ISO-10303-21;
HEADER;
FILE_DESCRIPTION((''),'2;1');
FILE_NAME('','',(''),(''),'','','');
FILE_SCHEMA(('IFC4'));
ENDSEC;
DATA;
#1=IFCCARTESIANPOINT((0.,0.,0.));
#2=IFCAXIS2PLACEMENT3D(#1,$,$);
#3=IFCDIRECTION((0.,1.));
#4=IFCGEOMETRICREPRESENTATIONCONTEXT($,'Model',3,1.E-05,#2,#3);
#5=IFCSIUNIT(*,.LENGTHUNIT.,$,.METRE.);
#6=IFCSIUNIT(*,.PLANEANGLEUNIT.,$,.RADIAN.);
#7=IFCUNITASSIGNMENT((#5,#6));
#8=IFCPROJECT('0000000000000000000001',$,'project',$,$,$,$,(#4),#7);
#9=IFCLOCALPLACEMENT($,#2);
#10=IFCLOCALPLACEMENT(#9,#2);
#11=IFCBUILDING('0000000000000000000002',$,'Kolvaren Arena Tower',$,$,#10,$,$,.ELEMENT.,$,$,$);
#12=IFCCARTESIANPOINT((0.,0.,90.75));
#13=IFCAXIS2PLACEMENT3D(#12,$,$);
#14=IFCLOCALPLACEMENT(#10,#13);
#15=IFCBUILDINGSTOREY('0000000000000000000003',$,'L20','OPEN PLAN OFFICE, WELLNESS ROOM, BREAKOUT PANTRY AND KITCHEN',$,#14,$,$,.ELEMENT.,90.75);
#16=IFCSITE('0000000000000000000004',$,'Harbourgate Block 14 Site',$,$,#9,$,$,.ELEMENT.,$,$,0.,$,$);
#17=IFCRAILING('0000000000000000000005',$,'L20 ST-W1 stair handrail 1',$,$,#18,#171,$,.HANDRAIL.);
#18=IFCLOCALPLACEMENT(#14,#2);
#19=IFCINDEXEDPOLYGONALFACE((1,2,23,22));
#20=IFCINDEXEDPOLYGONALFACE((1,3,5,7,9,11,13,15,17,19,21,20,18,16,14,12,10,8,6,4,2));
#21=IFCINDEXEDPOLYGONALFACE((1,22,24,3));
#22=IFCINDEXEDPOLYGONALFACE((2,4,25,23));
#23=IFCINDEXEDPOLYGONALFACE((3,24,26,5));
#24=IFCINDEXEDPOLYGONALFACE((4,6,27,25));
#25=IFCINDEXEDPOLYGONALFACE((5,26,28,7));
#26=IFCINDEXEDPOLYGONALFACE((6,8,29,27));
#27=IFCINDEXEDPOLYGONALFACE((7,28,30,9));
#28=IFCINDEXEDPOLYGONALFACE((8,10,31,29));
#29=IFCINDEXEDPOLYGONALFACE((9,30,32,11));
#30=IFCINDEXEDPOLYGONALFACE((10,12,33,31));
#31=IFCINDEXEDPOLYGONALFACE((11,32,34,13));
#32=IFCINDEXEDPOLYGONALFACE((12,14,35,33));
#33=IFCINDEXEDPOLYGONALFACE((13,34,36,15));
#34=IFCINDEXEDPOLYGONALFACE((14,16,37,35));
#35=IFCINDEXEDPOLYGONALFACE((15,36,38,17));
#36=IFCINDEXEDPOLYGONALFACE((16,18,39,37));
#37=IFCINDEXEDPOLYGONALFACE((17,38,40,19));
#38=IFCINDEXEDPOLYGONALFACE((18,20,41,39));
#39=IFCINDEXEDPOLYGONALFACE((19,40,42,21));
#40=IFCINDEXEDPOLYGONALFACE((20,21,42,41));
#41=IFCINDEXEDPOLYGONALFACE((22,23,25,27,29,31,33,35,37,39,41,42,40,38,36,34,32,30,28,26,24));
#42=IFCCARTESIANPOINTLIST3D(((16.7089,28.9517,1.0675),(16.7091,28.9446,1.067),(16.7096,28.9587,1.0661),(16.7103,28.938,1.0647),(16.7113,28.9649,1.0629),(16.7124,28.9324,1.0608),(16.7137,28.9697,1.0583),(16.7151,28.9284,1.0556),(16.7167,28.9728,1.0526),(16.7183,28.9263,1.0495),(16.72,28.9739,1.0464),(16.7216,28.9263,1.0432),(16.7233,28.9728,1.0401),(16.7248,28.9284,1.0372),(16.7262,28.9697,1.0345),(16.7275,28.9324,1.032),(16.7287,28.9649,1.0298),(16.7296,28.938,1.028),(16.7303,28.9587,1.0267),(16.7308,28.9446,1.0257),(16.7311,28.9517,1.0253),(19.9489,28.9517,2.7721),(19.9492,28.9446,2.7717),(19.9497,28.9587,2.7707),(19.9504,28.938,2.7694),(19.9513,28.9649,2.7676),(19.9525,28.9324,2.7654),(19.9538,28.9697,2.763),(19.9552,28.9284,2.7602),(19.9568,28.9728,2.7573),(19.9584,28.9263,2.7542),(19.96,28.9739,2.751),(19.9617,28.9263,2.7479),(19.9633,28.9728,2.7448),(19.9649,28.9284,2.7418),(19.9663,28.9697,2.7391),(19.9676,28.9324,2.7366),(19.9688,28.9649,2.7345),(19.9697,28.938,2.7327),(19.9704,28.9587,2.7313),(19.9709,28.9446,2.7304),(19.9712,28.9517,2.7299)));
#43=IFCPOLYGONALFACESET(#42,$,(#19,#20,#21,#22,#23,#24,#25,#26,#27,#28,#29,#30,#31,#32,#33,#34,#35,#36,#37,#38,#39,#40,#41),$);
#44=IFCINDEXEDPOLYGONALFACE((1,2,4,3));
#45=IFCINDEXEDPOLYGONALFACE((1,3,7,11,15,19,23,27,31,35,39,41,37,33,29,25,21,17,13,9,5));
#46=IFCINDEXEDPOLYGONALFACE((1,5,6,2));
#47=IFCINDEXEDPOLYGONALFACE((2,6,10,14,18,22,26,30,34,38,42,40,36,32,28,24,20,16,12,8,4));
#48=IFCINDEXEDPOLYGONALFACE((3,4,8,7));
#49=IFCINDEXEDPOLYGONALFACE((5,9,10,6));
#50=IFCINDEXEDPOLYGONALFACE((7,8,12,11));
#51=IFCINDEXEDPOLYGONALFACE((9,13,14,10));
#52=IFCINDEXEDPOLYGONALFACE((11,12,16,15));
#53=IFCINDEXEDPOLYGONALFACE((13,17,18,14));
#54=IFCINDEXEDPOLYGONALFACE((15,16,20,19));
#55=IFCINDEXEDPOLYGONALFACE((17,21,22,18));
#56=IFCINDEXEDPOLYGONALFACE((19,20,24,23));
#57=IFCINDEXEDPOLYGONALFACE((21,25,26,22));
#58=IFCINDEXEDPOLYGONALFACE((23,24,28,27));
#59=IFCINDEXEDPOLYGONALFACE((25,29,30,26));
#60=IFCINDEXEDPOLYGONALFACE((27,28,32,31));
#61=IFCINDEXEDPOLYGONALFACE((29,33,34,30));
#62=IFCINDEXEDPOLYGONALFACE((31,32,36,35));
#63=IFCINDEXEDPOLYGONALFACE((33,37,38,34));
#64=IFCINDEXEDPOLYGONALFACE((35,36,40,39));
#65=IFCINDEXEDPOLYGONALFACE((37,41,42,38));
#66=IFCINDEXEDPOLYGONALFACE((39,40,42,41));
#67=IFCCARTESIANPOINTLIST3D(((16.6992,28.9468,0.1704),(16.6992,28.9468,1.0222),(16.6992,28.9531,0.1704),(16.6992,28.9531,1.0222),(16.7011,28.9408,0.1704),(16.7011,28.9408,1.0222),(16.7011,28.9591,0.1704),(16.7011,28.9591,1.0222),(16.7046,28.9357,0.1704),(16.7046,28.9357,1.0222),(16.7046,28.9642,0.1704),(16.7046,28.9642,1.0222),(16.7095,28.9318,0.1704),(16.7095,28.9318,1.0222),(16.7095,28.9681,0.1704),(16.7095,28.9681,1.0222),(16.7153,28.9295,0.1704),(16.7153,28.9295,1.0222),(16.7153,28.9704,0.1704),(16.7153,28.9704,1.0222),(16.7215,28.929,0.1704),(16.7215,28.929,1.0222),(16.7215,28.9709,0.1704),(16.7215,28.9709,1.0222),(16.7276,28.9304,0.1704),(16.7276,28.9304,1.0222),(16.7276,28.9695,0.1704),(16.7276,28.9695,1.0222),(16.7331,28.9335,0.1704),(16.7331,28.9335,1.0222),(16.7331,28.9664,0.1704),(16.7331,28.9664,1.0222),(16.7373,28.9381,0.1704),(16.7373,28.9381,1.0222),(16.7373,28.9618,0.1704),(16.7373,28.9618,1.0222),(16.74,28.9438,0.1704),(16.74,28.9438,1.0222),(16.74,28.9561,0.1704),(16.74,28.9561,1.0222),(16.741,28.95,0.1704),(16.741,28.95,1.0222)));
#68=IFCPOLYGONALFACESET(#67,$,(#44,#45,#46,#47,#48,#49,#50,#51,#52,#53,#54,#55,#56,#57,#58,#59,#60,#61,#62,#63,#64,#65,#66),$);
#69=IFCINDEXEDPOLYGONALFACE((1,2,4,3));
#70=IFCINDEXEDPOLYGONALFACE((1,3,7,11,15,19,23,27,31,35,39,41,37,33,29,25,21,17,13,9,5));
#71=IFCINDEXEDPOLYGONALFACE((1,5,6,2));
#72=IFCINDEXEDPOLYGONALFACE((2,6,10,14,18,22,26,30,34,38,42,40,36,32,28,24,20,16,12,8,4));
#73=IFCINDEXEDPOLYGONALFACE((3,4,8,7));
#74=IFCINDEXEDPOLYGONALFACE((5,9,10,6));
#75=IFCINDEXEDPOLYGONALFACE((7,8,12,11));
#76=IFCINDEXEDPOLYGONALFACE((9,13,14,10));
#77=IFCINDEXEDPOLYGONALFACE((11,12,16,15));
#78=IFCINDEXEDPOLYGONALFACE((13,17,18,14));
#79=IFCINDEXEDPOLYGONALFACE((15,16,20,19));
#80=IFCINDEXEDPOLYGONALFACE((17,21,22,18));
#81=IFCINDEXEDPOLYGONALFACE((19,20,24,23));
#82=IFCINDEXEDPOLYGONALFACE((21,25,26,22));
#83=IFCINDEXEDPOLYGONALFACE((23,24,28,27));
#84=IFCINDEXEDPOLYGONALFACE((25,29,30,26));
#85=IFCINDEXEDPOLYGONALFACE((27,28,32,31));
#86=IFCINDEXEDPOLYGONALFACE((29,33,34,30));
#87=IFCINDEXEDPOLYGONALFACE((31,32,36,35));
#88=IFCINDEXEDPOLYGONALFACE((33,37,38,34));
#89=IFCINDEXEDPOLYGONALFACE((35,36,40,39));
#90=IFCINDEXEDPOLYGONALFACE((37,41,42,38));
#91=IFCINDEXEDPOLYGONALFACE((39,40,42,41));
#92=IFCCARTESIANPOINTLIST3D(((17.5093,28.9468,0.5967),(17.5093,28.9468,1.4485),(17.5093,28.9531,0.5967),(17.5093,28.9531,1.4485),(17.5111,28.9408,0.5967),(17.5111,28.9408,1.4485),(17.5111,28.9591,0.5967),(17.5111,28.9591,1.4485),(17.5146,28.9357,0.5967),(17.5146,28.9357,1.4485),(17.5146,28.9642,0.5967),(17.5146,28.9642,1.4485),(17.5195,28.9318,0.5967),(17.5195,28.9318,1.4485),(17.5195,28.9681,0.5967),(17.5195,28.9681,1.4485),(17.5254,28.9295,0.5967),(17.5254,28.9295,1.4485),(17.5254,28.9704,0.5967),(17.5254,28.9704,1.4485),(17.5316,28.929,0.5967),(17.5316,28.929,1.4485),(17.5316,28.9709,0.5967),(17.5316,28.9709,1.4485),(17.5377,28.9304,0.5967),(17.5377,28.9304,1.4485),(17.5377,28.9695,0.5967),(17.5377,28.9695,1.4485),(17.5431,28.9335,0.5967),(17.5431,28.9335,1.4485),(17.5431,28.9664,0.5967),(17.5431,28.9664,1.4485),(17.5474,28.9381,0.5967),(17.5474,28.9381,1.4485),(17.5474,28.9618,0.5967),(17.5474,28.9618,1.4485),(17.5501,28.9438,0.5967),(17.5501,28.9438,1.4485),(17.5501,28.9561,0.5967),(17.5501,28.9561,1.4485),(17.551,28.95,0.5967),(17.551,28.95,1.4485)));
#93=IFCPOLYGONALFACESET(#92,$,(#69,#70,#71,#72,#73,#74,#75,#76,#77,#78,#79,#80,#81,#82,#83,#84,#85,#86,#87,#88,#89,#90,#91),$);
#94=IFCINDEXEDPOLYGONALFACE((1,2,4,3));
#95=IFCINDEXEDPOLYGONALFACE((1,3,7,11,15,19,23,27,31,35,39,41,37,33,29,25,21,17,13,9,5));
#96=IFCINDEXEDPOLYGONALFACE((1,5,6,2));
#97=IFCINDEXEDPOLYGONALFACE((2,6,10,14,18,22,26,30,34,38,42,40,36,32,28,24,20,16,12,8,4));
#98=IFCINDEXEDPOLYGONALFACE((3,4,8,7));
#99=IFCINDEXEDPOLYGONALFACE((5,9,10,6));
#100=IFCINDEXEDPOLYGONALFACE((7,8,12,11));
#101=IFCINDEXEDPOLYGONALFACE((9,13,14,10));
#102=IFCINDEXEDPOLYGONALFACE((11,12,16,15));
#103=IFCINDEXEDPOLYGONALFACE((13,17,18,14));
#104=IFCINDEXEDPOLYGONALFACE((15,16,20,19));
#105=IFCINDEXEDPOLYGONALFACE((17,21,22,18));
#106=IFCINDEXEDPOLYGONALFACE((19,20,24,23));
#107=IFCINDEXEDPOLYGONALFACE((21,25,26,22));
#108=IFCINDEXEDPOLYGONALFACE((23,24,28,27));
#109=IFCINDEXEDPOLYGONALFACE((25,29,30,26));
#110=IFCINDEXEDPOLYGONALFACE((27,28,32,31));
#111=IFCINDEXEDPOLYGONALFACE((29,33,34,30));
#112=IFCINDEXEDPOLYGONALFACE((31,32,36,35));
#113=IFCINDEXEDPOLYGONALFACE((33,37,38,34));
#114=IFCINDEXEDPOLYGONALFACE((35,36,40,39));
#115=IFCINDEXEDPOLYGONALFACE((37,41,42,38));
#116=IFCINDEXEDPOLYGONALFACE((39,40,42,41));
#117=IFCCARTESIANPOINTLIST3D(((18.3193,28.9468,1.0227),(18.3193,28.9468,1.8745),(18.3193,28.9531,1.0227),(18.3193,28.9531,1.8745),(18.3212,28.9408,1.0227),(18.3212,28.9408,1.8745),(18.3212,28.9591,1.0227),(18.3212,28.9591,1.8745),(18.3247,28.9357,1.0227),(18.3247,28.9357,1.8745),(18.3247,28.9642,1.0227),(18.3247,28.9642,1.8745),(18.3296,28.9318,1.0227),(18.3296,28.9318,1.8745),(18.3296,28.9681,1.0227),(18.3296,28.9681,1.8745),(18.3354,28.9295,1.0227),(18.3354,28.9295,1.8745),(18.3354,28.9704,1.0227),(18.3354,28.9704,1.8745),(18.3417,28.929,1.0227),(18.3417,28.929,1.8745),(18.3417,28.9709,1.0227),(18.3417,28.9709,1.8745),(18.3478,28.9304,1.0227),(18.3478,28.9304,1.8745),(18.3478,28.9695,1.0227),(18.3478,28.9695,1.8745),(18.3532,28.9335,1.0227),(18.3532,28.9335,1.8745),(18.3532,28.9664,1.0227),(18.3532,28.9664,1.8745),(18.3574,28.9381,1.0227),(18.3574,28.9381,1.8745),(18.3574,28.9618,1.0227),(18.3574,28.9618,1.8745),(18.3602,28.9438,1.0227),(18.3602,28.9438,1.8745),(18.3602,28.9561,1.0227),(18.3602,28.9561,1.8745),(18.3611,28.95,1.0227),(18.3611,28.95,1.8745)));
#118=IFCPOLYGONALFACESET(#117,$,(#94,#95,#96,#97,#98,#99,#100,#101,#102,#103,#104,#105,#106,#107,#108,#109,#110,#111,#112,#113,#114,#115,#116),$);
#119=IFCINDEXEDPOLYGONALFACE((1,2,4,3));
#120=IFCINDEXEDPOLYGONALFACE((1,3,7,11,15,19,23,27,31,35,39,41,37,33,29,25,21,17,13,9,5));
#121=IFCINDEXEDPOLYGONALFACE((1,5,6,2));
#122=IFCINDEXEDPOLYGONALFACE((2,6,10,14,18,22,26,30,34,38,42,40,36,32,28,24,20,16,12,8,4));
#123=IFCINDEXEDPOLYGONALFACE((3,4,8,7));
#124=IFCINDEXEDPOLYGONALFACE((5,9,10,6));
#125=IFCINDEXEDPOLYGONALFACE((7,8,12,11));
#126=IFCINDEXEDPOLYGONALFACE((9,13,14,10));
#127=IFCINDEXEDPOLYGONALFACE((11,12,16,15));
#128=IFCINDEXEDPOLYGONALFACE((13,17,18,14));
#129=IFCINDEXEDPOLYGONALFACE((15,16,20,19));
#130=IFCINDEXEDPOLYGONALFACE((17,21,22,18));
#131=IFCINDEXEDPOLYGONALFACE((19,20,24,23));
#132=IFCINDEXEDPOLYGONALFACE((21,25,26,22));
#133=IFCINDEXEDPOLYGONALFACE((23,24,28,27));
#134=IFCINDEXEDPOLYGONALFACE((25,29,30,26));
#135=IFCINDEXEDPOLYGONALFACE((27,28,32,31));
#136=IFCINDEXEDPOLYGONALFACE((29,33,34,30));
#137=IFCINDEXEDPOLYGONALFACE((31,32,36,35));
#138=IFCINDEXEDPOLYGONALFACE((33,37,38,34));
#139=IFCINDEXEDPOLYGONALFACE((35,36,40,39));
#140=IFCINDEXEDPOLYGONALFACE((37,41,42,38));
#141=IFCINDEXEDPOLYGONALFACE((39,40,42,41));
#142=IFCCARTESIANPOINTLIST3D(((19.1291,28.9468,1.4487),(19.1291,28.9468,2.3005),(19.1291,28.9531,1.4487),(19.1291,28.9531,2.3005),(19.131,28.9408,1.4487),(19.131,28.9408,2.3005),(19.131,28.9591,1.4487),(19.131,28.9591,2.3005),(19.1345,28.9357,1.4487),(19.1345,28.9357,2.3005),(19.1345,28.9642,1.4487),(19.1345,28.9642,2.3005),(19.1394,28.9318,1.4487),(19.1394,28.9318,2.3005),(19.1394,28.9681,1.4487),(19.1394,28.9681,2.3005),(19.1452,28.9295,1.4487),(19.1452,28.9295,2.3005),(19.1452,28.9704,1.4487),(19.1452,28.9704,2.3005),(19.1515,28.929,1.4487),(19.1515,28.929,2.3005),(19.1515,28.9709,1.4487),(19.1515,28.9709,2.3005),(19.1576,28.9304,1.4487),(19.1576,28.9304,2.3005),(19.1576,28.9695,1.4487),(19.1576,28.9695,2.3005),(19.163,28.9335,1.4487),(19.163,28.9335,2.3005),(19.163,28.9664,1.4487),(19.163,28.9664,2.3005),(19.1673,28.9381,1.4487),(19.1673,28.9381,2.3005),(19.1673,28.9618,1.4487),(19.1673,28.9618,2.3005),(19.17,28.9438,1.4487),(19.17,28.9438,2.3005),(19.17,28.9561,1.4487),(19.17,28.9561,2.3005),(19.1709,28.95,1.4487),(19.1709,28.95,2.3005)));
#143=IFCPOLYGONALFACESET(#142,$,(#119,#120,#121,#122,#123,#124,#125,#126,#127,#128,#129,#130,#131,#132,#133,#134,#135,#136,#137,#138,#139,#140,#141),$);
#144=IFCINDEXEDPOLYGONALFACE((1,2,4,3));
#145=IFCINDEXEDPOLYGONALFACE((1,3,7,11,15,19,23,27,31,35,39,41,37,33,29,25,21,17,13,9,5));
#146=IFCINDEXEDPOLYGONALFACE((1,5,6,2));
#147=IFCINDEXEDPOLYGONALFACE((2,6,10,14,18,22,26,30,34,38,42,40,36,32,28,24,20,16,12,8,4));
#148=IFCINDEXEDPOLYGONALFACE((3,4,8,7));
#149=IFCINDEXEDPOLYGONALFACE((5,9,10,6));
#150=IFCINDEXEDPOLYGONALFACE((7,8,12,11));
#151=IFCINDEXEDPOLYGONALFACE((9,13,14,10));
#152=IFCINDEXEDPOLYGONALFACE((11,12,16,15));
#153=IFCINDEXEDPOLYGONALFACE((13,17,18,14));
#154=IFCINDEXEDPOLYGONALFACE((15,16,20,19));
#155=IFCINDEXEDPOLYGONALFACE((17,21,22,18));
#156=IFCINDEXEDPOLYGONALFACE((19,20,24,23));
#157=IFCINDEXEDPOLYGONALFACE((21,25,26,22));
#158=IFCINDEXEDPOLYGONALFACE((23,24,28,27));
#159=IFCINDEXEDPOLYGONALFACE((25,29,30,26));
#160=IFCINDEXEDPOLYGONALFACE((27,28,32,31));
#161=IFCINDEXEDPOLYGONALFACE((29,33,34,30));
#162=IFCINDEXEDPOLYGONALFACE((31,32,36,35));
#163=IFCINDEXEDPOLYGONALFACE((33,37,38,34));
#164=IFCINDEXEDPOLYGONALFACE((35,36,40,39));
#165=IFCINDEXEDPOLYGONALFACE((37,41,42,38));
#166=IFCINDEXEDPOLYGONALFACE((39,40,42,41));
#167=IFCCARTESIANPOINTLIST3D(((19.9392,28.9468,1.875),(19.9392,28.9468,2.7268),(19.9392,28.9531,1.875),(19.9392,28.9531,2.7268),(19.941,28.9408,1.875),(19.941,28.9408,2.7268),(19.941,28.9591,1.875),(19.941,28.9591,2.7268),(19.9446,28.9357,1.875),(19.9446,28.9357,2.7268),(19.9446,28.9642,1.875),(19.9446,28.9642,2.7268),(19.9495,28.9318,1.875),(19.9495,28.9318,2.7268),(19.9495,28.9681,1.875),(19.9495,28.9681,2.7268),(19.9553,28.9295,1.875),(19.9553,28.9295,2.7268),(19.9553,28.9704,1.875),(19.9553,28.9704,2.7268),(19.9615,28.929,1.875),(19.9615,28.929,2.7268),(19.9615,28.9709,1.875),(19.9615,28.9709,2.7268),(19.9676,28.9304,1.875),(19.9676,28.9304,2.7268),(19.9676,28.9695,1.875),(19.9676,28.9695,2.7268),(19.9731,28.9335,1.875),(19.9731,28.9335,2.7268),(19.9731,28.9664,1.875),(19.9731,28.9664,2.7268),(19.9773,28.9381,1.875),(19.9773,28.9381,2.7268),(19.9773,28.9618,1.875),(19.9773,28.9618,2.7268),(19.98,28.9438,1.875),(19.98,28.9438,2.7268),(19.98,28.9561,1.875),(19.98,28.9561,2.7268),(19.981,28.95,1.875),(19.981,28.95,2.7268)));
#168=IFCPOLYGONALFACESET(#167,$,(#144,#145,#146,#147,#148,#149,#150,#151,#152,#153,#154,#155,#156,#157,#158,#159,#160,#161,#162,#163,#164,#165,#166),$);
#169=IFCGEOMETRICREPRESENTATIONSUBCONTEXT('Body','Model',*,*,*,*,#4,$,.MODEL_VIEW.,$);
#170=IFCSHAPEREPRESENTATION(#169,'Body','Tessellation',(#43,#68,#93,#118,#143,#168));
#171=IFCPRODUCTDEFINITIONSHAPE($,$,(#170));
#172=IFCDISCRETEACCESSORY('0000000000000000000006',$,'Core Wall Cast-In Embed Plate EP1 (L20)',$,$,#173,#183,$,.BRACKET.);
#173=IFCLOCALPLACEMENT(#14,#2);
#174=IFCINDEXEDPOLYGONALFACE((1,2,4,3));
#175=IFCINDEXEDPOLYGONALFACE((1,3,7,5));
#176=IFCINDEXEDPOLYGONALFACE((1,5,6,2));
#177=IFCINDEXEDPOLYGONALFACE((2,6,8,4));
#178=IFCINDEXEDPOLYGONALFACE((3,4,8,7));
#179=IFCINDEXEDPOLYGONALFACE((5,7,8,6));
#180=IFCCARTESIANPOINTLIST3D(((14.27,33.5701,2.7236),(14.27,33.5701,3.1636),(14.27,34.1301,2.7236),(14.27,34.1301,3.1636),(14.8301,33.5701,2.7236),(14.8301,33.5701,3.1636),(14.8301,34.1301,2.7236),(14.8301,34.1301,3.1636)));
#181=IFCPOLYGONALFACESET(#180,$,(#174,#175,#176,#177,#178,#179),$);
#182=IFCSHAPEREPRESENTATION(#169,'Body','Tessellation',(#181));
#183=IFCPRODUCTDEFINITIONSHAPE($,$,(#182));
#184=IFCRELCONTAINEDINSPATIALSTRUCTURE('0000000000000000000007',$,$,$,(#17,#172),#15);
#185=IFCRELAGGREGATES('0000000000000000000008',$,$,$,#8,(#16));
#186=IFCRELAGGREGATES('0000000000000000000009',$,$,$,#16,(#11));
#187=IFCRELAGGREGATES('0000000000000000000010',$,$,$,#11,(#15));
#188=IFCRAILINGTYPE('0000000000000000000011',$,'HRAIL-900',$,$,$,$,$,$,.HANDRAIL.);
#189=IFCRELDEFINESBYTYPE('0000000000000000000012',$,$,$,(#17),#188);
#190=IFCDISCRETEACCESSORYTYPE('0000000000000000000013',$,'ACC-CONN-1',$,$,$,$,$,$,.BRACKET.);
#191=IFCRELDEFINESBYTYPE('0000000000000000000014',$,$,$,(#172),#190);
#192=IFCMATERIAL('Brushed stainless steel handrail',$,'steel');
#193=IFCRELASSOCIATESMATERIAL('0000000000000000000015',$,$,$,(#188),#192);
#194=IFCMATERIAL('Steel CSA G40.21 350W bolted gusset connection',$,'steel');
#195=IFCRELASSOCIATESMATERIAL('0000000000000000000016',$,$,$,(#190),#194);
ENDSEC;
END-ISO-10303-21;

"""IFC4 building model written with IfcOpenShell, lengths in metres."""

from ifc_helpers import new_model, si_unit, direction, frame, origin, origin_2d, place, context, subcontext, project, spatial, rectangle, circle, extrude, material, type_object, element, save


model = new_model("IFC4")

# Units and contexts
model_context = context("Model", 3, precision=1e-05, world=origin(), true_north=direction((0.0, 1.0)))
body_context = subcontext(model_context, "Body", "Model", "MODEL_VIEW")
ifc_project = project(units=[si_unit("LENGTHUNIT", "METRE"), si_unit("PLANEANGLEUNIT", "RADIAN")], contexts=[model_context])

# Site, building, storey
site_placement = place(None, origin())
site = spatial("IfcSite", under=ifc_project, at=site_placement, Name="Harbourgate Block 14 Site", CompositionType="ELEMENT", RefElevation=0.0)
building_placement = place(site_placement, origin())
building = spatial("IfcBuilding", under=site, at=building_placement, Name="Kolvaren Arena Tower", CompositionType="ELEMENT")
storey_placement = place(building_placement, frame((0.0, 0.0, 90.75)))
storey = spatial("IfcBuildingStorey", under=building, at=storey_placement, Name="L20", Description="OPEN PLAN OFFICE, WELLNESS ROOM, BREAKOUT PANTRY AND KITCHEN", CompositionType="ELEMENT", Elevation=90.75)

# Railing
ifc_material_1 = material(Name="Brushed stainless steel handrail", Category="steel")
railing_type_1 = type_object("IfcRailingType", Name="HRAIL-900", PredefinedType="HANDRAIL", material=ifc_material_1)
railing_1_placement = place(storey_placement, frame((16.72, 28.95, 0.1704)))
element("IfcRailing", 1, at=railing_1_placement, inside=storey, type_object=railing_type_1, Name="L20 ST-W1 stair handrail 1", PredefinedType="HANDRAIL", context=body_context, shape_type="SweptSolid", body=[
    extrude(circle(Radius=0.0239, at=origin_2d()), frame((0.0, 0.0, 0.876), z_axis=(0.884993, 0.0, 0.465604), x_axis=(0.0, 1.0, 0.0)), (0.0, 0.0, 1.0), 3.6611),
    extrude(circle(Radius=0.021, at=origin_2d()), origin(), (0.0, 0.0, 1.0), 0.8518),
    extrude(circle(Radius=0.021, at=origin_2d()), frame((0.8101, 0.0, 0.4263)), (0.0, 0.0, 1.0), 0.8518),
    extrude(circle(Radius=0.021, at=origin_2d()), frame((1.6201, 0.0, 0.8523)), (0.0, 0.0, 1.0), 0.8518),
    extrude(circle(Radius=0.021, at=origin_2d()), frame((2.4299, 0.0, 1.2783)), (0.0, 0.0, 1.0), 0.8518),
    extrude(circle(Radius=0.021, at=origin_2d()), frame((3.24, 0.0, 1.7046)), (0.0, 0.0, 1.0), 0.8518),
])

# Discrete accessory
ifc_material_2 = material(Name="Steel CSA G40.21 350W bolted gusset connection", Category="steel")
discrete_accessory_type = type_object("IfcDiscreteAccessoryType", Name="ACC-CONN-1", PredefinedType="BRACKET", material=ifc_material_2)
discrete_accessory_placement = place(storey_placement, frame((14.55, 33.8501, 2.7236), z_axis=(0.0, 0.0, 1.0), x_axis=(1.0, 0.0, 0.0)))
element("IfcDiscreteAccessory", 2, at=discrete_accessory_placement, inside=storey, type_object=discrete_accessory_type, Name="Core Wall Cast-In Embed Plate EP1 (L20)", PredefinedType="BRACKET", context=body_context, shape_type="SweptSolid", body=[
    extrude(rectangle(XDim=0.5601, YDim=0.5601, at=origin_2d()), origin(), (0.0, 0.0, 1.0), 0.4399),
])

save(model, "model.ifc")
